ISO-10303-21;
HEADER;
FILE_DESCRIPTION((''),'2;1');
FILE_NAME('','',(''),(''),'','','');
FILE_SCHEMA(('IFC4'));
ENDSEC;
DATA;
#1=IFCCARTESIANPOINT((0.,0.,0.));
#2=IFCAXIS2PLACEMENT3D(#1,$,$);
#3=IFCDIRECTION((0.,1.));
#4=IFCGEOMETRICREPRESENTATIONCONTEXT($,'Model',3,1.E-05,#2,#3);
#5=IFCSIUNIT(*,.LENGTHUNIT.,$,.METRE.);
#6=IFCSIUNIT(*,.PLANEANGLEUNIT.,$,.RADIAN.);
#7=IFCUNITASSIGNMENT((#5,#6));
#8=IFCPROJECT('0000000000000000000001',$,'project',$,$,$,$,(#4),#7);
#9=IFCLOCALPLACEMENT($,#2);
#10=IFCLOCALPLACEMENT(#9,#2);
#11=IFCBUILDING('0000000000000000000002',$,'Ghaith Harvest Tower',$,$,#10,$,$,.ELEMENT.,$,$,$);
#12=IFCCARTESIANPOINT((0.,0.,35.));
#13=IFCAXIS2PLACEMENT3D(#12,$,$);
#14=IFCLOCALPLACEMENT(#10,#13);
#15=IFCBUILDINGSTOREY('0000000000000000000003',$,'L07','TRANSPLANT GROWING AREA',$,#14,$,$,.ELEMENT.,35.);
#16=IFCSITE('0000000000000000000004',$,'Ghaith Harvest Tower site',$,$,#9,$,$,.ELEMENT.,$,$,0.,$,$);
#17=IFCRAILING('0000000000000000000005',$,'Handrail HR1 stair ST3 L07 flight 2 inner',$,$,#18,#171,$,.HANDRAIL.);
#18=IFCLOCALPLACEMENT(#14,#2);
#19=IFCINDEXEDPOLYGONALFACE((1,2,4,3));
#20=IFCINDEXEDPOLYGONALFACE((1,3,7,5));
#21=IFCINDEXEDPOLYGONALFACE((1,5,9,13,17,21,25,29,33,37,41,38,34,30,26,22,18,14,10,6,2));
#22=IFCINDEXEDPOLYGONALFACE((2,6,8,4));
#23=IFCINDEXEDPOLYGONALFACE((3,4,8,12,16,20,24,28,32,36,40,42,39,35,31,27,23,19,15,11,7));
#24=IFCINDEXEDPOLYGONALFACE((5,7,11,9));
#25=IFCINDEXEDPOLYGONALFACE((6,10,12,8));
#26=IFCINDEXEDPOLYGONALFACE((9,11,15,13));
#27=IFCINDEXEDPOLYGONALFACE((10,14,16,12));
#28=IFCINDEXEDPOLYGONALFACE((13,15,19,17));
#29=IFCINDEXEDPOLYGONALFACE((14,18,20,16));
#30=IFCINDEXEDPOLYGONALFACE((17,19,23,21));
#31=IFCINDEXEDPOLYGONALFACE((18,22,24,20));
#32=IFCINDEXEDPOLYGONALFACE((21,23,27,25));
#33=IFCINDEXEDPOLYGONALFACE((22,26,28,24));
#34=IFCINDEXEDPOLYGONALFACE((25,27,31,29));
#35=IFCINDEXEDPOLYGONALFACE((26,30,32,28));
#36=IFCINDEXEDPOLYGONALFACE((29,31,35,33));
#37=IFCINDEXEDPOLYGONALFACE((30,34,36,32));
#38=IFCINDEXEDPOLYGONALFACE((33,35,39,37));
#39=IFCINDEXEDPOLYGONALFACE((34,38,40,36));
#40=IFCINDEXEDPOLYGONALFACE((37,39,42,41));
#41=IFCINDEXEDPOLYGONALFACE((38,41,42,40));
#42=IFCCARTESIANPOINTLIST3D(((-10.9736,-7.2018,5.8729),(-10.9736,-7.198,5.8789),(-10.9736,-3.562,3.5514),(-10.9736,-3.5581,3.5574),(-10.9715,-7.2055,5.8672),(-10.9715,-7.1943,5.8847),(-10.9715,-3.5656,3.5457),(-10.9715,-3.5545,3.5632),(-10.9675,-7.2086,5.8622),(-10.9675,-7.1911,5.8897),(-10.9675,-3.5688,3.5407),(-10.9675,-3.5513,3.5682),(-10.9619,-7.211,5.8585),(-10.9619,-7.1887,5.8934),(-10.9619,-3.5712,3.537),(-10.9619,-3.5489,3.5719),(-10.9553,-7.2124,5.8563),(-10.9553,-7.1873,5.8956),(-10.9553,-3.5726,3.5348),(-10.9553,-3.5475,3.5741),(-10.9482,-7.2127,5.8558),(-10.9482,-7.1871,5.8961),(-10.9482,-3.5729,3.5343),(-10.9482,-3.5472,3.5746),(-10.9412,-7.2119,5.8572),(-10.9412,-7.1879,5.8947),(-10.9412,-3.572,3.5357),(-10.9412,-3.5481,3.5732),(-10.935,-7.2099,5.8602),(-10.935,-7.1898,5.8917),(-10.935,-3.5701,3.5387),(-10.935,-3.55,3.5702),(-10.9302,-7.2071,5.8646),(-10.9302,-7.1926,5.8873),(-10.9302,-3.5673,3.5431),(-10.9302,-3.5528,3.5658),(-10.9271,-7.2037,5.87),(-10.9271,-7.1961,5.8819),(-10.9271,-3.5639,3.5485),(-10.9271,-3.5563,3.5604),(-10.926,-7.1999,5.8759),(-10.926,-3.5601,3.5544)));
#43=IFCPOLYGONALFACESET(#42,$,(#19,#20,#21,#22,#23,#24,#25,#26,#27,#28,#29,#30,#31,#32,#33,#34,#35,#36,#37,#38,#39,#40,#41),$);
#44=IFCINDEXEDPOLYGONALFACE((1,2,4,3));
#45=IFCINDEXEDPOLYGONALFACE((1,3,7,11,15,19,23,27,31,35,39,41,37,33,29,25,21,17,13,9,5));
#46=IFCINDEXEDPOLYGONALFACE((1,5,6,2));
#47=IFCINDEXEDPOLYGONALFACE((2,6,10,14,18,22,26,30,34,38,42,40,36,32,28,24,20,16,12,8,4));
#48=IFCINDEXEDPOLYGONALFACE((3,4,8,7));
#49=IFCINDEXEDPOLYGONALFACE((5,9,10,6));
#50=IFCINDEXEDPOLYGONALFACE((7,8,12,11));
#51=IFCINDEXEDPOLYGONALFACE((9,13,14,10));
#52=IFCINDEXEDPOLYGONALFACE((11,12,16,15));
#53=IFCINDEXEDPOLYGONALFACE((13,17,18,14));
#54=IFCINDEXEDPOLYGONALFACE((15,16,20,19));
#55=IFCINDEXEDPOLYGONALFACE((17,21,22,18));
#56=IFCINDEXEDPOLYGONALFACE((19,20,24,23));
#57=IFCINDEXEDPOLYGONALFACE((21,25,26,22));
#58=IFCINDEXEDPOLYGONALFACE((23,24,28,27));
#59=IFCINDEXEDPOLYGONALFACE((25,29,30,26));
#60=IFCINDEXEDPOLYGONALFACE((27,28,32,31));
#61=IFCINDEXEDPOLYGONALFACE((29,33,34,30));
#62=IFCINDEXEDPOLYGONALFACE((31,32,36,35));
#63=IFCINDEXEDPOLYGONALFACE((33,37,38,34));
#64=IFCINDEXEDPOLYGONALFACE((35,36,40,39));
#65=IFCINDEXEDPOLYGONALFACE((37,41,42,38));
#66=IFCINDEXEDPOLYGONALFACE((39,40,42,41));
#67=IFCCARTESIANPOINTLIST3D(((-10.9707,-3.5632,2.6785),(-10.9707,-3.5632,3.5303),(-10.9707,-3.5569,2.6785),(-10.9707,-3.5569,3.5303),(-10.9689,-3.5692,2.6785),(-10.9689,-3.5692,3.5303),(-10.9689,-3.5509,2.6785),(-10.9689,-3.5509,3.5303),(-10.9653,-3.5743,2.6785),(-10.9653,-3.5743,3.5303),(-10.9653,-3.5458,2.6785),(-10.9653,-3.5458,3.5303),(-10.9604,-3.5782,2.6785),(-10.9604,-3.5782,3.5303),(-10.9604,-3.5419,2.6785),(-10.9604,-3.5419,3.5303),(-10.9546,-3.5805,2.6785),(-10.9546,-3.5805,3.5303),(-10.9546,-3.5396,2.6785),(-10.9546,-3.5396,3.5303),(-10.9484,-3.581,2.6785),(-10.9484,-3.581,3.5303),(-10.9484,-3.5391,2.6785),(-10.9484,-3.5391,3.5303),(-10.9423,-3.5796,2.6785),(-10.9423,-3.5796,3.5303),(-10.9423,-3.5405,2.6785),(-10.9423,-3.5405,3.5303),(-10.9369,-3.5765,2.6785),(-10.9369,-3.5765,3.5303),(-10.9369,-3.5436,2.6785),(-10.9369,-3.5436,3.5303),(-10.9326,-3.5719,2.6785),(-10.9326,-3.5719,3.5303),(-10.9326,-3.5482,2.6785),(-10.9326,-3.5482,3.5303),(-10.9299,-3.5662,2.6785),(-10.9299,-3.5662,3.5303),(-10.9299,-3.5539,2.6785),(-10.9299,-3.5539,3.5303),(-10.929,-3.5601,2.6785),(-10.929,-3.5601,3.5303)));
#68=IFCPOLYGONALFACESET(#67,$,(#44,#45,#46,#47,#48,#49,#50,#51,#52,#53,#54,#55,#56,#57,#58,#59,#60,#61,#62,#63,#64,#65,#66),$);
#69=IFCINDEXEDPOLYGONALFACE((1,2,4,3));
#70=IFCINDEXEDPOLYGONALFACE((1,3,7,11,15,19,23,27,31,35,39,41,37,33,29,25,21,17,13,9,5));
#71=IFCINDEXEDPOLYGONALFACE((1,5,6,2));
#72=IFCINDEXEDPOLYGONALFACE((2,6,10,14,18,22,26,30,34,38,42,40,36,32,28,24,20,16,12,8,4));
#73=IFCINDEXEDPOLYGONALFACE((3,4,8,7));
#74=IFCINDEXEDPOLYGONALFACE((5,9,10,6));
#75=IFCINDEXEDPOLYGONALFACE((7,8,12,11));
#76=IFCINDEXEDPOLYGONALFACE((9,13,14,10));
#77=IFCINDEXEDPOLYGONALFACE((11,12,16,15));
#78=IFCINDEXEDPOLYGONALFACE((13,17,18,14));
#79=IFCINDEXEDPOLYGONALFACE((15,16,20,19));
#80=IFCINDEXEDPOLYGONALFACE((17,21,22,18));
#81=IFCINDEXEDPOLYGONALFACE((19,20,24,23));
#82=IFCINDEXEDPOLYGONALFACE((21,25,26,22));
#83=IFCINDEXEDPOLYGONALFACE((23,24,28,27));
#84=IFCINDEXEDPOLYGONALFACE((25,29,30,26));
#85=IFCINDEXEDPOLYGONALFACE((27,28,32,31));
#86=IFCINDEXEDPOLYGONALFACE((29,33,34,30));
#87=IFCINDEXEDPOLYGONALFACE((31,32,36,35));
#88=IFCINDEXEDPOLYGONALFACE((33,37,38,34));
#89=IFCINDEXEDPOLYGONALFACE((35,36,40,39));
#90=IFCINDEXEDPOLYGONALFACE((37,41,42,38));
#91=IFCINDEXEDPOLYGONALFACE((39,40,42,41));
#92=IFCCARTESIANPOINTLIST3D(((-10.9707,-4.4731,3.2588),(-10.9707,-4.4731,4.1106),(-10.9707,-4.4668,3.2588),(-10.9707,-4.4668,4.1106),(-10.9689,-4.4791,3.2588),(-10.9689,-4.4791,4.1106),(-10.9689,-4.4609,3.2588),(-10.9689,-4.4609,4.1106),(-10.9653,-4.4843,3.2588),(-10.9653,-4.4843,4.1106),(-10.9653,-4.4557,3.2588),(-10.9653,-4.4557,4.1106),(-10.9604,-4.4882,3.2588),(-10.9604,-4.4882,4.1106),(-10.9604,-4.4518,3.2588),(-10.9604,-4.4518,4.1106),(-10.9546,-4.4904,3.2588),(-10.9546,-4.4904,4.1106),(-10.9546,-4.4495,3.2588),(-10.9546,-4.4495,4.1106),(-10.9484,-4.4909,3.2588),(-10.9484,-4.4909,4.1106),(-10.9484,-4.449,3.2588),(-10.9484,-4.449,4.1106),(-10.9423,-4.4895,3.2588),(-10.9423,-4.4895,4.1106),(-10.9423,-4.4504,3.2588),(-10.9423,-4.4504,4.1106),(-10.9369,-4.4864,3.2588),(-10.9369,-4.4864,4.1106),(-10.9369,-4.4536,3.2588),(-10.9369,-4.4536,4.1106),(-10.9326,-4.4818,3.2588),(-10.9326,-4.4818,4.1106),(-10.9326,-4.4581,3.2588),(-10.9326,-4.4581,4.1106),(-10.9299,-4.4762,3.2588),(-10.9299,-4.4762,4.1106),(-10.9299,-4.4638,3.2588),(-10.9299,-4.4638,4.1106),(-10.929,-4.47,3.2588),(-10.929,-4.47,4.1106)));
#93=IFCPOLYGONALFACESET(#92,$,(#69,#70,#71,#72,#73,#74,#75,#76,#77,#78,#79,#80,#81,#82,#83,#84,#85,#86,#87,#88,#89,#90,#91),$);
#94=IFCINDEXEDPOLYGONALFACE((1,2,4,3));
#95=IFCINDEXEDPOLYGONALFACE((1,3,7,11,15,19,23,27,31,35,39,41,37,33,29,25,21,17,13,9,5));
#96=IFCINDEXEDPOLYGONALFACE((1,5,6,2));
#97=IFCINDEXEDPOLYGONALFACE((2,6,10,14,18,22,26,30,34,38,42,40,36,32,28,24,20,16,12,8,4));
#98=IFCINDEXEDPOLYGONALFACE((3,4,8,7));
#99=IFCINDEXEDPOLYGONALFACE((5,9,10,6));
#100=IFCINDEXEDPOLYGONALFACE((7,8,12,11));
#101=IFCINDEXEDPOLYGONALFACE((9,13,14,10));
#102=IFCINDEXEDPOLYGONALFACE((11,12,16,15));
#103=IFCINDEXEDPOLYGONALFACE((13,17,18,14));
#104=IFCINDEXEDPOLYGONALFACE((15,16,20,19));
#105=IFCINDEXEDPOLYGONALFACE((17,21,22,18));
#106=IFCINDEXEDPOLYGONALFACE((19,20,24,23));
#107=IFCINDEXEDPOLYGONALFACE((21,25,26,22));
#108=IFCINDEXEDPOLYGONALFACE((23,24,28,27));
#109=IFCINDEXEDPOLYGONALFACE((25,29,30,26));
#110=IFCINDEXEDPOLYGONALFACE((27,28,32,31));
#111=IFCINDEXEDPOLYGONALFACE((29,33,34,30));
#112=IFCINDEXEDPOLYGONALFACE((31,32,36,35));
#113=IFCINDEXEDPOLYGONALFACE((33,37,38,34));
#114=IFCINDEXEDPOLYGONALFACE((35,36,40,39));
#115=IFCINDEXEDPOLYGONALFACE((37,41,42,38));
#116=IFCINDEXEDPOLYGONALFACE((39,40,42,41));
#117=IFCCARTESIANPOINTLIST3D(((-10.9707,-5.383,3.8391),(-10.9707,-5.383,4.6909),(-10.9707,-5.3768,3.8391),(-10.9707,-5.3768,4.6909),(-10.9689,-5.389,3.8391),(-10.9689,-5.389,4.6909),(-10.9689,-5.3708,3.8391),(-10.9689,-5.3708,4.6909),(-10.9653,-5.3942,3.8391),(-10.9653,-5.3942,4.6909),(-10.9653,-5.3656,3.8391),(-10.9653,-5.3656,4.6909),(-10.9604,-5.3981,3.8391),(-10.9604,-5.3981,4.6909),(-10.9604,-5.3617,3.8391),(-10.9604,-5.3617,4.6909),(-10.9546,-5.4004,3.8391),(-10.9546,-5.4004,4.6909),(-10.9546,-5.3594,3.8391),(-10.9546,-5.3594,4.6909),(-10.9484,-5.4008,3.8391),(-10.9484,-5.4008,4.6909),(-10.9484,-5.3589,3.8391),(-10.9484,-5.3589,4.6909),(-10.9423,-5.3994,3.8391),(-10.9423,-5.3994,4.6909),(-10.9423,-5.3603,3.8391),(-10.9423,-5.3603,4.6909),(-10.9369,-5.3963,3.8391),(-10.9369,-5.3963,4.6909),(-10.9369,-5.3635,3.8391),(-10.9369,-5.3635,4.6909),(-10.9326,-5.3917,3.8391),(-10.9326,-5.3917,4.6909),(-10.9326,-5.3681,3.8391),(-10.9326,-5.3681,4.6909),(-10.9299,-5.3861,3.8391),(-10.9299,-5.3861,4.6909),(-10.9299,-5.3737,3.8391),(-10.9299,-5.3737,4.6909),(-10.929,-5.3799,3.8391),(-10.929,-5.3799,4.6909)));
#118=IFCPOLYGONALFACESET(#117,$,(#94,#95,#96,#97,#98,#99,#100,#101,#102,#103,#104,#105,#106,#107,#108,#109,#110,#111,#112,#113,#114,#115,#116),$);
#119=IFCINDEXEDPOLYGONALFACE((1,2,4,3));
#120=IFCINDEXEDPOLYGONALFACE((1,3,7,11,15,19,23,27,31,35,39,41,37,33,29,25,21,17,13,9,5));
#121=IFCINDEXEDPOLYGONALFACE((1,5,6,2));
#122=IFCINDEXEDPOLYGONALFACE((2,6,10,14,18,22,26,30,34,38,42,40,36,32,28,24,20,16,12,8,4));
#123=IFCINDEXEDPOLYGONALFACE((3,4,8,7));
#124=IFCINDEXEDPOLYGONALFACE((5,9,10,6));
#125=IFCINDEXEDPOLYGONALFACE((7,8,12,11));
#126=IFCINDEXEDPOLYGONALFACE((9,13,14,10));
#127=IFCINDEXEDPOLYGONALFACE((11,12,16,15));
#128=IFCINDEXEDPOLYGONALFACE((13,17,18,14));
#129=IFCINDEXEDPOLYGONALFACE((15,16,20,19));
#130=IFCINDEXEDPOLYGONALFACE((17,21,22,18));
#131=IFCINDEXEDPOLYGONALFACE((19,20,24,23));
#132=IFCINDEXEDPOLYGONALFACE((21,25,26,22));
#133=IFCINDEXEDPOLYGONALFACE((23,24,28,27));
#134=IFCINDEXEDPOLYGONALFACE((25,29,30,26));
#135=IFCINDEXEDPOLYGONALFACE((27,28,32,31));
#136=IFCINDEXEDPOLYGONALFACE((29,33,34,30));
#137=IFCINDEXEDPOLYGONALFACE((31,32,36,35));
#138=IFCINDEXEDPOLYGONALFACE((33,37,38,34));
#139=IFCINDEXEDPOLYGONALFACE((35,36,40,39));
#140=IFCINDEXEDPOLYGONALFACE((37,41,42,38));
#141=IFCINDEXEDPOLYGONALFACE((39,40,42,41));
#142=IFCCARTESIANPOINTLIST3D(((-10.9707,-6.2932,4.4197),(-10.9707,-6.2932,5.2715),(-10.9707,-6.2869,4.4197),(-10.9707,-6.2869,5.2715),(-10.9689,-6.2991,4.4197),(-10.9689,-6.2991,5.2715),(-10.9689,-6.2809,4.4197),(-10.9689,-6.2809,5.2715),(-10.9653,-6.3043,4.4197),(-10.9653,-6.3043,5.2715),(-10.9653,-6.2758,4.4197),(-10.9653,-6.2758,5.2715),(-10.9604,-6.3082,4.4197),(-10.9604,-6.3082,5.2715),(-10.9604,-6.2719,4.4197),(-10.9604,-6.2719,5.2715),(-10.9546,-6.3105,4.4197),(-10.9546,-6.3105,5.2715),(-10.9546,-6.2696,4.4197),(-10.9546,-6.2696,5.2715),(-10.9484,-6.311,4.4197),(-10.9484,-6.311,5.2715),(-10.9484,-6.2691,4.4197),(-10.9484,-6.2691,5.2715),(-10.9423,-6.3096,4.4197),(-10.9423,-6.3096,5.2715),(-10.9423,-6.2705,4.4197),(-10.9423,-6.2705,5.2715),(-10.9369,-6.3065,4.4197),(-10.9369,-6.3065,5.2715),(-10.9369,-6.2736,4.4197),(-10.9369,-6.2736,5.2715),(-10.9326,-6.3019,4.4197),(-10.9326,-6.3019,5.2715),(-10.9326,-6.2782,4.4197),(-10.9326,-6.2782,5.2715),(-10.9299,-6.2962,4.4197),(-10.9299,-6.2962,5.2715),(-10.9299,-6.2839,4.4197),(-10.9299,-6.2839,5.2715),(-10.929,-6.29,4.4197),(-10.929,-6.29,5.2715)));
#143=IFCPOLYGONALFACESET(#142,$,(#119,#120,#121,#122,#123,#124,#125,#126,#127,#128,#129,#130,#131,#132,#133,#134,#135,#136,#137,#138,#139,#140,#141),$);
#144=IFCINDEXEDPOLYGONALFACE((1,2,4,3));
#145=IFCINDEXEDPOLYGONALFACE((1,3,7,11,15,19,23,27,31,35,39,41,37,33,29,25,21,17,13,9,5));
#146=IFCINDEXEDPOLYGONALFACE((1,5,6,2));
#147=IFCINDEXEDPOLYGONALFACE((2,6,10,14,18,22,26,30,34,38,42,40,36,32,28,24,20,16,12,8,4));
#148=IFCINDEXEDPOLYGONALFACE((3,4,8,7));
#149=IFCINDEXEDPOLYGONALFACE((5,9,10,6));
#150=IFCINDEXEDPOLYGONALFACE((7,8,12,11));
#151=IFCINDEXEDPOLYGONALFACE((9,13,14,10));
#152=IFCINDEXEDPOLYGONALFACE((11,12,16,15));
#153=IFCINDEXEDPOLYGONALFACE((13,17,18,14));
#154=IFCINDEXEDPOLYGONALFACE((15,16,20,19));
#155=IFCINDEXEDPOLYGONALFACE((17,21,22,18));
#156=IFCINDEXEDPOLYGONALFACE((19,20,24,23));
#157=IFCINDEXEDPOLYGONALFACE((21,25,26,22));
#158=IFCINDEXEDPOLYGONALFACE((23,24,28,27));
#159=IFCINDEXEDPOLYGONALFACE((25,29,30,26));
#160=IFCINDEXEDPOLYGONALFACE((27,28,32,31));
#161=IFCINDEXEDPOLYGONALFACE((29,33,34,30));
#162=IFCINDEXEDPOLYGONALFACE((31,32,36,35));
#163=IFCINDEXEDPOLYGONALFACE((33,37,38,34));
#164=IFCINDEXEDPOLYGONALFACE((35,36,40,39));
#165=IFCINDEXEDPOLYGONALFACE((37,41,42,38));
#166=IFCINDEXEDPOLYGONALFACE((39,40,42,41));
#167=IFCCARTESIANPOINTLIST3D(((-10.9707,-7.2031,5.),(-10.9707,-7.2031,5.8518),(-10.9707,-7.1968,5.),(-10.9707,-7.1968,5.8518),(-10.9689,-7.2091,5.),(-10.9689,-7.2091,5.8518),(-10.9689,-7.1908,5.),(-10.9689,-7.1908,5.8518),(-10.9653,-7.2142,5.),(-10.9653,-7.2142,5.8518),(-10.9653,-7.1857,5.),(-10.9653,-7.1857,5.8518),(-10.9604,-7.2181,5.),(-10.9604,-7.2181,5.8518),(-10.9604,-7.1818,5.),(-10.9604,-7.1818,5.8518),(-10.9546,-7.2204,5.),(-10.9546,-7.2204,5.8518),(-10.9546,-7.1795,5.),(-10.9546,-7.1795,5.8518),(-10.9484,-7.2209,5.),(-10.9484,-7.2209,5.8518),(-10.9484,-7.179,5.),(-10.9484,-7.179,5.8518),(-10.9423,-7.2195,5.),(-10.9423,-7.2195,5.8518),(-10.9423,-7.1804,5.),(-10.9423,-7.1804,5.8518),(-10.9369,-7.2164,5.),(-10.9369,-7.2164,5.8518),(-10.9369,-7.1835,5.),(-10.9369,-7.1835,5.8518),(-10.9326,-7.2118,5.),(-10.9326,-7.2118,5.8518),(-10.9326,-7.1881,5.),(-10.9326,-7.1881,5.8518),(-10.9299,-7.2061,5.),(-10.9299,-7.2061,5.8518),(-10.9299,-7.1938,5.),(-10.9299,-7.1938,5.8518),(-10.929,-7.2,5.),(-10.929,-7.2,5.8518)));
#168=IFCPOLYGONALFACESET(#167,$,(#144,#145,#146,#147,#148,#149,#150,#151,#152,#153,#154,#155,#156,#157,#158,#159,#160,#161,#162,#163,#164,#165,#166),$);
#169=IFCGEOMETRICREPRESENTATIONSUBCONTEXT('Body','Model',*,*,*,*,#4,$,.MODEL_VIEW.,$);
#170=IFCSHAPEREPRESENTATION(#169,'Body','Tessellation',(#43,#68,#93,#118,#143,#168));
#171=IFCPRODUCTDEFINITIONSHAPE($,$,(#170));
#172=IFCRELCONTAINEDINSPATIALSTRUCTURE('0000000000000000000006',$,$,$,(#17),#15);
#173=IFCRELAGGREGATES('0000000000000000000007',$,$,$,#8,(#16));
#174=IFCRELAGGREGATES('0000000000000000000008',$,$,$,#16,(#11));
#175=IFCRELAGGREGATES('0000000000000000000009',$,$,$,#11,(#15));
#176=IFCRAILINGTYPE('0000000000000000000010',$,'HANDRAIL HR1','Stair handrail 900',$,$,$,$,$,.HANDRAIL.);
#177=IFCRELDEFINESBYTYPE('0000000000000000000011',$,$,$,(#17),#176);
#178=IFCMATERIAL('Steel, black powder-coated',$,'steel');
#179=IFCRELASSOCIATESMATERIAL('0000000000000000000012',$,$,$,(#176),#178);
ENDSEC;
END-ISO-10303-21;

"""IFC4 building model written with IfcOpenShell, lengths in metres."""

from ifc_helpers import new_model, si_unit, direction, frame, origin, origin_2d, place, context, subcontext, project, spatial, circle, extrude, material, type_object, element, save


model = new_model("IFC4")

# Units and contexts
model_context = context("Model", 3, precision=1e-05, world=origin(), true_north=direction((0.0, 1.0)))
body_context = subcontext(model_context, "Body", "Model", "MODEL_VIEW")
ifc_project = project(units=[si_unit("LENGTHUNIT", "METRE"), si_unit("PLANEANGLEUNIT", "RADIAN")], contexts=[model_context])

# Site, building, storey
site_placement = place(None, origin())
site = spatial("IfcSite", under=ifc_project, at=site_placement, Name="Ghaith Harvest Tower site", CompositionType="ELEMENT", RefElevation=0.0)
building_placement = place(site_placement, origin())
building = spatial("IfcBuilding", under=site, at=building_placement, Name="Ghaith Harvest Tower", CompositionType="ELEMENT")
storey_placement = place(building_placement, frame((0.0, 0.0, 35.0)))
storey = spatial("IfcBuildingStorey", under=building, at=storey_placement, Name="L07", Description="TRANSPLANT GROWING AREA", CompositionType="ELEMENT", Elevation=35.0)

# Railing
ifc_material_1 = material(Name="Steel, black powder-coated", Category="steel")
railing_type = type_object("IfcRailingType", Name="HANDRAIL HR1", Description="Stair handrail 900", PredefinedType="HANDRAIL", material=ifc_material_1)
railing_1_placement = place(storey_placement, frame((-10.95, -3.5601, 2.6785)))
element("IfcRailing", 1, at=railing_1_placement, inside=storey, type_object=railing_type, Name="Handrail HR1 stair ST3 L07 flight 2 inner", PredefinedType="HANDRAIL", context=body_context, shape_type="SweptSolid", body=[
    extrude(circle(Radius=0.0239, at=origin_2d()), frame((0.0, 0.0, 0.876), z_axis=(0.0, -0.843112, 0.537739), x_axis=(1.0, 0.0, 0.0)), (0.0, 0.0, 1.0), 4.3171),
    extrude(circle(Radius=0.021, at=origin_2d()), origin(), (0.0, 0.0, 1.0), 0.8518),
    extrude(circle(Radius=0.021, at=origin_2d()), frame((0.0, -0.9099, 0.5803)), (0.0, 0.0, 1.0), 0.8518),
    extrude(circle(Radius=0.021, at=origin_2d()), frame((0.0, -1.8198, 1.1606)), (0.0, 0.0, 1.0), 0.8518),
    extrude(circle(Radius=0.021, at=origin_2d()), frame((0.0, -2.73, 1.7412)), (0.0, 0.0, 1.0), 0.8518),
    extrude(circle(Radius=0.021, at=origin_2d()), frame((0.0, -3.6399, 2.3215)), (0.0, 0.0, 1.0), 0.8518),
])

save(model, "model.ifc")
